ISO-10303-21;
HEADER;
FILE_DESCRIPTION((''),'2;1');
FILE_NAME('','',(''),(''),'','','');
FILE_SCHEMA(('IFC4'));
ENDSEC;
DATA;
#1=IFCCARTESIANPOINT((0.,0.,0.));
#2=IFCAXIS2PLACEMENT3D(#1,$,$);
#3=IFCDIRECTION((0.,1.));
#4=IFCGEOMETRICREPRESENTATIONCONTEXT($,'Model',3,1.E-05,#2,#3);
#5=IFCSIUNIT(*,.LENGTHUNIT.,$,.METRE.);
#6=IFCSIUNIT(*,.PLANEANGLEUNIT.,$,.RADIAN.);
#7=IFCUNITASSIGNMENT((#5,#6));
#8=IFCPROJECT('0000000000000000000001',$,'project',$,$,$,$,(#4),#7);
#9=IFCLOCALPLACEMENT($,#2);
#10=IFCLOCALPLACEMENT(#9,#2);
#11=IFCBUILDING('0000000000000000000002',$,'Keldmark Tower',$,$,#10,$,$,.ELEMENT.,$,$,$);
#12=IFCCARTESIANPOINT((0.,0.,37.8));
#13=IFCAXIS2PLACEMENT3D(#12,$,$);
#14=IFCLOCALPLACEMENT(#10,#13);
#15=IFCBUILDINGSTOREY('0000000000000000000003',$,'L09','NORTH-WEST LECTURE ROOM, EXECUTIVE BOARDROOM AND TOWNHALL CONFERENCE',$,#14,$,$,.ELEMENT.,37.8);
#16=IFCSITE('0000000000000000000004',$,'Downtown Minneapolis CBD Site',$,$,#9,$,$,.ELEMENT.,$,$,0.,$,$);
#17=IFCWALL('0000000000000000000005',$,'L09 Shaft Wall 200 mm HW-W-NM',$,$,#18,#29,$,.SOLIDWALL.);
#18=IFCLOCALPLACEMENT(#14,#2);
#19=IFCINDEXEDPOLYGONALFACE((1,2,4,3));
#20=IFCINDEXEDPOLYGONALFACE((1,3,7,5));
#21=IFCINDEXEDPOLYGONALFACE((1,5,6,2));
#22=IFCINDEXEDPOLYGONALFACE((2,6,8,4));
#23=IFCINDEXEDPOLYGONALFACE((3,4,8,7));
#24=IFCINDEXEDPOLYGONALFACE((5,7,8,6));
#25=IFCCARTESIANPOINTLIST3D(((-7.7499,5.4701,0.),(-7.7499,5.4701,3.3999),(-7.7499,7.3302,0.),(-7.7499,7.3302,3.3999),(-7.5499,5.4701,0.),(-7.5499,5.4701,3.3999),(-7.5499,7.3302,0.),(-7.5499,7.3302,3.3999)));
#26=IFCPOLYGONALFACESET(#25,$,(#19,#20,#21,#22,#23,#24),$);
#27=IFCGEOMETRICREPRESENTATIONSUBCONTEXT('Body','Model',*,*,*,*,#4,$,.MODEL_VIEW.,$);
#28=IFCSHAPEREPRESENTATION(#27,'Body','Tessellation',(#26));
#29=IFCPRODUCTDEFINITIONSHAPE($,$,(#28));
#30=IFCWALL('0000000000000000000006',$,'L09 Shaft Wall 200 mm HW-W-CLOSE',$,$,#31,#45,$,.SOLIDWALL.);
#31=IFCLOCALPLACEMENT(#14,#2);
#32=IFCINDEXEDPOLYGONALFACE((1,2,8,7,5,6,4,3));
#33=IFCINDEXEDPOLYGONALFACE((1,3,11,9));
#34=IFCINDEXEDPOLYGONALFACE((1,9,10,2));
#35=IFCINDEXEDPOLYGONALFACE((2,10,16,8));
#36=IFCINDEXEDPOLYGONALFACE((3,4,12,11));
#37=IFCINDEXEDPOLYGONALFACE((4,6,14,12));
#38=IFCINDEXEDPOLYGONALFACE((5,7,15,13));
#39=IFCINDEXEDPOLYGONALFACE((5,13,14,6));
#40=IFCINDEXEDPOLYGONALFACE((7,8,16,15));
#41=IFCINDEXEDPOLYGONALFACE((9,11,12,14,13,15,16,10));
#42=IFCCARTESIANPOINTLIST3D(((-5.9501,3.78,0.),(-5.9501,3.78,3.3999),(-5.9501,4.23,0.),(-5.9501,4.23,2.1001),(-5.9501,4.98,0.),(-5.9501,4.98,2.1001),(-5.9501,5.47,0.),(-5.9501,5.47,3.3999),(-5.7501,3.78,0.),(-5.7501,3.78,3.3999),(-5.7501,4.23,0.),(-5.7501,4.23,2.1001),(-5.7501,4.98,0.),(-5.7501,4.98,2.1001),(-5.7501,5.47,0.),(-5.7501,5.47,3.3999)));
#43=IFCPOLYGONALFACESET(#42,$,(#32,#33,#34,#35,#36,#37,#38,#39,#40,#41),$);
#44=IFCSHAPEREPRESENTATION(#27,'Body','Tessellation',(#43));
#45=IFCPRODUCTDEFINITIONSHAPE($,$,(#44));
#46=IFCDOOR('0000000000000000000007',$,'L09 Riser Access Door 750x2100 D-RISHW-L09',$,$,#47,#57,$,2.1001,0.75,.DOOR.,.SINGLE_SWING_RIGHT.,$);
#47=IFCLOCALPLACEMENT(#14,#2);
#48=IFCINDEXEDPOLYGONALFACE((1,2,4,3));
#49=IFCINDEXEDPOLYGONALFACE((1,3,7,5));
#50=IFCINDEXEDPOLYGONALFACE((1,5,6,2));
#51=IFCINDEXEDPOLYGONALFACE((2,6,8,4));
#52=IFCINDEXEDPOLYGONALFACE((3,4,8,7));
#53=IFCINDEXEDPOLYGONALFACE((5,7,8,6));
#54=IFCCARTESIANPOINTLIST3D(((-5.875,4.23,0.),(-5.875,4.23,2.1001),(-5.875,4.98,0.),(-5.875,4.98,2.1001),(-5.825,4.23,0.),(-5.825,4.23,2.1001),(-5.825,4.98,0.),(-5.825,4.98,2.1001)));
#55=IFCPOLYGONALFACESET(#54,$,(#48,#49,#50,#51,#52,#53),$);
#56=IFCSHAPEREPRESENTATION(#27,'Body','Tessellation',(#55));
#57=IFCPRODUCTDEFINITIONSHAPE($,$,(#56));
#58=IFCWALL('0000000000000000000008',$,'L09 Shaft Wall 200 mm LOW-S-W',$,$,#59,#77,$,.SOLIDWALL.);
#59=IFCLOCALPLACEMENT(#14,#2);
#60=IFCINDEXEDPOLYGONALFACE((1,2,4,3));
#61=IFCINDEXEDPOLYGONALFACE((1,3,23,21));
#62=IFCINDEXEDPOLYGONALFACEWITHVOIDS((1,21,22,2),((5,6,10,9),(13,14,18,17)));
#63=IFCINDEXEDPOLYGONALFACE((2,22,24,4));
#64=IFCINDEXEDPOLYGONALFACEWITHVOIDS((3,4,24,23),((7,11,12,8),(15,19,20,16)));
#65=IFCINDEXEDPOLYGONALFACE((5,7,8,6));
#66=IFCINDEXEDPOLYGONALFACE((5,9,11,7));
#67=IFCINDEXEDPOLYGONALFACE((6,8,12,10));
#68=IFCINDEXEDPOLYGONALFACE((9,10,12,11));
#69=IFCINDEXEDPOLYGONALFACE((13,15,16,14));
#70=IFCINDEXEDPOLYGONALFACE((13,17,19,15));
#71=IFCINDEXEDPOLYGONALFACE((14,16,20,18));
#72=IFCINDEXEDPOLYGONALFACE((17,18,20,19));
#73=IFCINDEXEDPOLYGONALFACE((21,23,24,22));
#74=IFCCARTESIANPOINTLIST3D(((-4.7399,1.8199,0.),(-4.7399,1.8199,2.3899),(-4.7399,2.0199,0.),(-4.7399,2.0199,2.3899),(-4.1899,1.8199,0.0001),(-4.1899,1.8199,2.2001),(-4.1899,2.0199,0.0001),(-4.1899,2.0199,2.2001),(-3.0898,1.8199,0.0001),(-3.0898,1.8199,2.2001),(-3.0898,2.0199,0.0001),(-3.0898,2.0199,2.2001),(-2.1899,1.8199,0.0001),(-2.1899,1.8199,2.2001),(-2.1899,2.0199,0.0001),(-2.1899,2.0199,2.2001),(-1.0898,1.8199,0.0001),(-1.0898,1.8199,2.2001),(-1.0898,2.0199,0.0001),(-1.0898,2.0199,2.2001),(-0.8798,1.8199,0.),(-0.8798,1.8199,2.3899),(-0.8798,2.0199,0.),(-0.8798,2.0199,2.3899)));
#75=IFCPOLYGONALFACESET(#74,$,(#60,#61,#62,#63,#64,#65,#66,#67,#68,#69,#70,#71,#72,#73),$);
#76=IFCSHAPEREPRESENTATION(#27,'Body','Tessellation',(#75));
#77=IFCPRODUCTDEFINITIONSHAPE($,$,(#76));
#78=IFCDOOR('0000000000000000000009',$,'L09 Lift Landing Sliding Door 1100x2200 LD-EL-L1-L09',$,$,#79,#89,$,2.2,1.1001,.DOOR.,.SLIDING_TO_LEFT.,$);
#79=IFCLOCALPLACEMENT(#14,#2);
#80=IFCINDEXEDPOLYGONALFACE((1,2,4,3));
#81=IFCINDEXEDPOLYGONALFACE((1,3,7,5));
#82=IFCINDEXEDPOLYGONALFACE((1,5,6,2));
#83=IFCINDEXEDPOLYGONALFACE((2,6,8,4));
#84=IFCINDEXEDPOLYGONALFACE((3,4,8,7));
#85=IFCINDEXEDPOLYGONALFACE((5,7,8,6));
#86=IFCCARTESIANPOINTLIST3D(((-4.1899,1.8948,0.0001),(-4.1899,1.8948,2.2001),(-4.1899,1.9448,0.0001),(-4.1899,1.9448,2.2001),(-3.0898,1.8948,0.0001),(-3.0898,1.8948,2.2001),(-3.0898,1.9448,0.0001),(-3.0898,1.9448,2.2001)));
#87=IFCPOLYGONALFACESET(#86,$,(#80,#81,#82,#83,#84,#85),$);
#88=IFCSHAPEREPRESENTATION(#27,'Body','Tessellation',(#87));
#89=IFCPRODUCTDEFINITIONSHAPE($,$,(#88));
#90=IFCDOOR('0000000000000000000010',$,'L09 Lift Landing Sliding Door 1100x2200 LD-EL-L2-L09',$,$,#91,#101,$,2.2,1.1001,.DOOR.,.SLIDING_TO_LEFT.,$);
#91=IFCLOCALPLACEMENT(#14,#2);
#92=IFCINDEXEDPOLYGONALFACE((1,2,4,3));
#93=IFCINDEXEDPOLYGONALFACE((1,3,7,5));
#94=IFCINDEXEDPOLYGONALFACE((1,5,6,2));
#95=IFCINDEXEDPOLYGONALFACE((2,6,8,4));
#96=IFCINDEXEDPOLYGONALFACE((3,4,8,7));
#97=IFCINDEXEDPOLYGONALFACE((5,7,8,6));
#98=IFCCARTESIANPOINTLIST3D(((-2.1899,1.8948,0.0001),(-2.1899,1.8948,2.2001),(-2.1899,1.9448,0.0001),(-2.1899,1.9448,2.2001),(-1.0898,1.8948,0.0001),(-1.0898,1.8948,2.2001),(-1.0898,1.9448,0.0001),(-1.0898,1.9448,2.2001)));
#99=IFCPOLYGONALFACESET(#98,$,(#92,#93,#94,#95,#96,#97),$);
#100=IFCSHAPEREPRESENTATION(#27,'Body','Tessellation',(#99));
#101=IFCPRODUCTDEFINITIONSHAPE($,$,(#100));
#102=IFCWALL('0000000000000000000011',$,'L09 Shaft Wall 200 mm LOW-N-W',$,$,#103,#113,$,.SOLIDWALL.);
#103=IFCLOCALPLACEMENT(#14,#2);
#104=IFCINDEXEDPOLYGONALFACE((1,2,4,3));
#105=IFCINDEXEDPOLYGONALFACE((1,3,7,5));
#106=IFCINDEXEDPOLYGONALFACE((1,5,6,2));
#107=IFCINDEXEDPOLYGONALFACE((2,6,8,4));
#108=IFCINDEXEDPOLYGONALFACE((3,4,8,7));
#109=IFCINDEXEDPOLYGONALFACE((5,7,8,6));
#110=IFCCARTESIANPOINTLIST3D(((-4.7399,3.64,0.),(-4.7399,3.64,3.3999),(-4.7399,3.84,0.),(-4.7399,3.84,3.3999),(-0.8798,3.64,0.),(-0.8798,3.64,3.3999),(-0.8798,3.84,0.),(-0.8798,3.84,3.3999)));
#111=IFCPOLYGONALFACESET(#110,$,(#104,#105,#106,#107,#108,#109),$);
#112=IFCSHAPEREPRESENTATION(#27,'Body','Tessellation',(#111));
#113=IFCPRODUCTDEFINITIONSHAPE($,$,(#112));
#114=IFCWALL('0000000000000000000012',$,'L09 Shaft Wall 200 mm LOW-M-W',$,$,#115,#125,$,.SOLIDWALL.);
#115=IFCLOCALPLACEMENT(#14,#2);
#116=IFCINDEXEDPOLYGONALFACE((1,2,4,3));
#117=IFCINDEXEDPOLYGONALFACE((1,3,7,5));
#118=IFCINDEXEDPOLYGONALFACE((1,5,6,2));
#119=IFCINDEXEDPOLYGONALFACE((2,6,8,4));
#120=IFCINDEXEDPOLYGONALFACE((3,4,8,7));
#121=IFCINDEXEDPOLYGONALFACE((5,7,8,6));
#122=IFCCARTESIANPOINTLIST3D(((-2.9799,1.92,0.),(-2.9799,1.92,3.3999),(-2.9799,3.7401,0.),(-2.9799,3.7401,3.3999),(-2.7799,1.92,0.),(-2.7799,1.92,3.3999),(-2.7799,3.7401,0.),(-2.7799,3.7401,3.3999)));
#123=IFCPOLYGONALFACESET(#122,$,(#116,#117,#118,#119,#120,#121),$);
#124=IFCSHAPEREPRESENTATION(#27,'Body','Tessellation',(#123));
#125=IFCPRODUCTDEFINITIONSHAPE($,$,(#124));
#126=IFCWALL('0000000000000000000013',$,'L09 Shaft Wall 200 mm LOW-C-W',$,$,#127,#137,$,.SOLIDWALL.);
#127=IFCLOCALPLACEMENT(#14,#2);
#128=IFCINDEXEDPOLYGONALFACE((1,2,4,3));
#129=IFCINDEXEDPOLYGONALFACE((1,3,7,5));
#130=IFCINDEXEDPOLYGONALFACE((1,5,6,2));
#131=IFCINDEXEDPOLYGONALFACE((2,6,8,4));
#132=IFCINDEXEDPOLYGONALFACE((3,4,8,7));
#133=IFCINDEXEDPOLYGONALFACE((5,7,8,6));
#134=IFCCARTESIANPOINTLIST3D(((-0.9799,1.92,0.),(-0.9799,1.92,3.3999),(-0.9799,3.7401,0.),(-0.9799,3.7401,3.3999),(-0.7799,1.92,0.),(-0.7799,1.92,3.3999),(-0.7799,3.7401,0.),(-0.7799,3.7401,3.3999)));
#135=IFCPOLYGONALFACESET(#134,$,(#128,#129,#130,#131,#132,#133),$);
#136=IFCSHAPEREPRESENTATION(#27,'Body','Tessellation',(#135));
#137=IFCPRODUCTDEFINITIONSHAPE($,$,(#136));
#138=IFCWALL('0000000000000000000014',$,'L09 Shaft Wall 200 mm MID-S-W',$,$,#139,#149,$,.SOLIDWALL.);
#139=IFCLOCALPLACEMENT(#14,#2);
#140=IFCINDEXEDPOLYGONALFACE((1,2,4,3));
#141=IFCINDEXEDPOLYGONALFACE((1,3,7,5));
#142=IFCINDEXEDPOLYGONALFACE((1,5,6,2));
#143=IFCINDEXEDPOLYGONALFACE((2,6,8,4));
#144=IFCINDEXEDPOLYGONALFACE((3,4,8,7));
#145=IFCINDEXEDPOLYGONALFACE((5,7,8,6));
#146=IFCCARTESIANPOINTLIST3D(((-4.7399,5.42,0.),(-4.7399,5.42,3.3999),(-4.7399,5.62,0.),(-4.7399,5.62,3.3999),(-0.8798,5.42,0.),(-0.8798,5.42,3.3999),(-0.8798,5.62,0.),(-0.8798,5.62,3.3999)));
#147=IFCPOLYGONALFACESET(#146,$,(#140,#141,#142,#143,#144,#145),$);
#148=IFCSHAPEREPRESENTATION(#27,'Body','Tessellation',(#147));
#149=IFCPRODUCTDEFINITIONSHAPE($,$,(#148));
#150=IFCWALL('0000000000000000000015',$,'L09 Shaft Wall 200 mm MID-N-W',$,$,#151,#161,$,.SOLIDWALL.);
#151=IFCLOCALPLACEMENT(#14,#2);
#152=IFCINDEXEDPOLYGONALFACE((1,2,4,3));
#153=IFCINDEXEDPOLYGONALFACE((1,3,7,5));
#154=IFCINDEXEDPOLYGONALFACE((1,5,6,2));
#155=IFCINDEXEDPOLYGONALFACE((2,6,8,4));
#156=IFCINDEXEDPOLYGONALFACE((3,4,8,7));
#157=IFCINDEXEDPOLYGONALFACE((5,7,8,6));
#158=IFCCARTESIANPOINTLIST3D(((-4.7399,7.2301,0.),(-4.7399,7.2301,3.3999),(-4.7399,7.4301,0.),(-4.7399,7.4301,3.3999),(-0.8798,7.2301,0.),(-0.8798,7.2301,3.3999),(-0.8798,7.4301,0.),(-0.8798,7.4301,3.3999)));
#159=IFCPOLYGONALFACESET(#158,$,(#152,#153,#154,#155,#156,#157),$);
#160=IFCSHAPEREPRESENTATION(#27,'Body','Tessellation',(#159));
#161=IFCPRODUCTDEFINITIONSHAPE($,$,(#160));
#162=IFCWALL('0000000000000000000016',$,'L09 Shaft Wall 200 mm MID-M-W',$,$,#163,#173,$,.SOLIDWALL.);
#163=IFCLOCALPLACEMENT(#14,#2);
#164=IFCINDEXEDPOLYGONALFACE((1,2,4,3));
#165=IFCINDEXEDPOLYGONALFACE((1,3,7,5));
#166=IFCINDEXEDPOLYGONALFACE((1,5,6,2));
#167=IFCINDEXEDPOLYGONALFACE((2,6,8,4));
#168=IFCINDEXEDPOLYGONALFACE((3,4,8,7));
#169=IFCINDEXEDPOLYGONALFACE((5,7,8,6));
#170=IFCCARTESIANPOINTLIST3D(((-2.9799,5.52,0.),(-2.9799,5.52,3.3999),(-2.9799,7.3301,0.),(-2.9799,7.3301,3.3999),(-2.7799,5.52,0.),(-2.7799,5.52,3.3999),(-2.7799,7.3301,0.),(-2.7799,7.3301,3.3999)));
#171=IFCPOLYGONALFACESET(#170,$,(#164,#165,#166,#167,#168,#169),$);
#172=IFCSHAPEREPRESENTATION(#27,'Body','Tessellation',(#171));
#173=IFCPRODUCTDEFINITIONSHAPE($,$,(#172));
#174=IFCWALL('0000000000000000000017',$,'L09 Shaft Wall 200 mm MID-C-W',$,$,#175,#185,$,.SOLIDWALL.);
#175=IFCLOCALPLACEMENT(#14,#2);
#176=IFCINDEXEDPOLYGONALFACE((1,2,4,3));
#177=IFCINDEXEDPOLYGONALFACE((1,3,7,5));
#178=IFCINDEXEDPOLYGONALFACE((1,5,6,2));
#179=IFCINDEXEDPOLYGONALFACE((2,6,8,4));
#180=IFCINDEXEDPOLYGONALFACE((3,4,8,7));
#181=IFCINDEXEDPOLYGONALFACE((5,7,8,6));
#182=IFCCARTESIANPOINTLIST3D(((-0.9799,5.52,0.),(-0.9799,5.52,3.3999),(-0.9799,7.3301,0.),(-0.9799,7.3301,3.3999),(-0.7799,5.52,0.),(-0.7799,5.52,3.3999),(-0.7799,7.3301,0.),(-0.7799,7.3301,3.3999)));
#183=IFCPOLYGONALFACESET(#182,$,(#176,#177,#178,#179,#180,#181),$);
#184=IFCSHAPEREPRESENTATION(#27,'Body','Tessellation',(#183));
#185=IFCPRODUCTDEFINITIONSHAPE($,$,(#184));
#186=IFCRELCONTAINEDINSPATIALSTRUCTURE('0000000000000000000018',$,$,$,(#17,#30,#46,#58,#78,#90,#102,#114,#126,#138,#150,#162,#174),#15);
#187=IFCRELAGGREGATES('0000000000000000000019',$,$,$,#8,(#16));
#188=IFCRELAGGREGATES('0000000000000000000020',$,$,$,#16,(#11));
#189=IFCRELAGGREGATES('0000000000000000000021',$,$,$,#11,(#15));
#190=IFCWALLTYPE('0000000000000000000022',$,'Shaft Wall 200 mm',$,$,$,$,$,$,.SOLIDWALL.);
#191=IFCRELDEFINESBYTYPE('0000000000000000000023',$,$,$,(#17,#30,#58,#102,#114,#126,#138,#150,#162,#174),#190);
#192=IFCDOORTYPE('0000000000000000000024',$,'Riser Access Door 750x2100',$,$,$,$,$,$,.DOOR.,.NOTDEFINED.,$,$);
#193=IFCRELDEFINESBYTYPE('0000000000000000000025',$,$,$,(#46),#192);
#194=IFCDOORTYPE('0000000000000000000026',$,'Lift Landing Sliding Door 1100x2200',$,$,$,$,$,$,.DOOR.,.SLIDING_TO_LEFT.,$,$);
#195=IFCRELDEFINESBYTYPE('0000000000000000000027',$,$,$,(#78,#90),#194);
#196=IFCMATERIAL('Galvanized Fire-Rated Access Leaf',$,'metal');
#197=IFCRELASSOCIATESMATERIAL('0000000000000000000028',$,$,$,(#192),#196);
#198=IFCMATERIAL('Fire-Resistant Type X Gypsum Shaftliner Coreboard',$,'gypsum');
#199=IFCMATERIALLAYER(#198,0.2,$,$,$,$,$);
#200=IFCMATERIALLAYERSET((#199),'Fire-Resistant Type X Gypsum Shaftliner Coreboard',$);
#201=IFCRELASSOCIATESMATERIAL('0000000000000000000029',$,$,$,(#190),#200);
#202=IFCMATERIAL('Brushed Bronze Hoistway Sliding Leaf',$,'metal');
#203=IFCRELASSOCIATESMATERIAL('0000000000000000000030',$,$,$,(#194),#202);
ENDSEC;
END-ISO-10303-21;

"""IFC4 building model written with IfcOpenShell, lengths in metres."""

from ifc_helpers import new_model, si_unit, direction, frame, frame_2d, origin, place, context, subcontext, project, spatial, rectangle, extrude, material, layer, layer_set, type_object, element, fill, save


model = new_model("IFC4")

# Units and contexts
model_context = context("Model", 3, precision=1e-05, world=origin(), true_north=direction((0.0, 1.0)))
body_context = subcontext(model_context, "Body", "Model", "MODEL_VIEW")
ifc_project = project(units=[si_unit("LENGTHUNIT", "METRE"), si_unit("PLANEANGLEUNIT", "RADIAN")], contexts=[model_context])

# Site, building, storey
site_placement = place(None, origin())
site = spatial("IfcSite", under=ifc_project, at=site_placement, Name="Downtown Minneapolis CBD Site", CompositionType="ELEMENT", RefElevation=0.0)
building_placement = place(site_placement, origin())
building = spatial("IfcBuilding", under=site, at=building_placement, Name="Keldmark Tower", CompositionType="ELEMENT")
storey_placement = place(building_placement, frame((0.0, 0.0, 37.8)))
storey = spatial("IfcBuildingStorey", under=building, at=storey_placement, Name="L09", Description="NORTH-WEST LECTURE ROOM, EXECUTIVE BOARDROOM AND TOWNHALL CONFERENCE", CompositionType="ELEMENT", Elevation=37.8)

# Shared definitions
ifc_material_1 = material(Name="Galvanized Fire-Rated Access Leaf", Category="metal")
door_type_1 = type_object("IfcDoorType", Name="Riser Access Door 750x2100", OperationType="NOTDEFINED", PredefinedType="DOOR", material=ifc_material_1)

# Wall
ifc_material_2 = material(Name="Fire-Resistant Type X Gypsum Shaftliner Coreboard", Category="gypsum")
ifc_layer_1 = layer(ifc_material_2, 0.2)
ifc_layer_set_1 = layer_set([ifc_layer_1], Name="Fire-Resistant Type X Gypsum Shaftliner Coreboard")
wall_type_1 = type_object("IfcWallType", Name="Shaft Wall 200 mm", PredefinedType="SOLIDWALL", material=ifc_layer_set_1)
wall_1_placement = place(storey_placement, frame((-7.6499, 5.47, 0.0), z_axis=(0.0, 0.0, 1.0), x_axis=(0.0, 1.0, 0.0)))
element("IfcWall", 1, at=wall_1_placement, inside=storey, type_object=wall_type_1, Name="L09 Shaft Wall 200 mm HW-W-NM", PredefinedType="SOLIDWALL", context=body_context, shape_type="SweptSolid", body=[
    extrude(rectangle(XDim=1.8601, YDim=0.2, at=frame_2d((0.9302, 0.0))), origin(), (0.0, 0.0, 1.0), 3.3999),
])

# Wall, opening, door
wall_2_placement = place(storey_placement, frame((-5.8501, 3.78, 0.0), z_axis=(0.0, 0.0, 1.0), x_axis=(0.0, 1.0, 0.0)))
wall_2 = element("IfcWall", 2, at=wall_2_placement, inside=storey, type_object=wall_type_1, Name="L09 Shaft Wall 200 mm HW-W-CLOSE", PredefinedType="SOLIDWALL", context=body_context, shape_type="SweptSolid", body=[
    extrude(rectangle(XDim=1.6899, YDim=0.2, at=frame_2d((0.845, 0.0))), origin(), (0.0, 0.0, 1.0), 3.3999),
])
opening_1_placement = place(wall_2_placement, frame((0.45, 0.0, 0.0)))
opening_1 = element("IfcOpeningElement", 3, at=opening_1_placement, cuts=wall_2, PredefinedType="OPENING", context=body_context, shape_type="SweptSolid", body=[
    extrude(rectangle(XDim=0.75, YDim=2.1001, at=frame_2d((0.375, 1.05))), frame((0.0, 0.1099, 0.0), z_axis=(0.0, -1.0, 0.0), x_axis=(1.0, 0.0, 0.0)), (0.0, 0.0, 1.0), 0.22),
])
door_1_placement = place(opening_1_placement, origin())
door_1 = element("IfcDoor", 4, at=door_1_placement, inside=storey, type_object=door_type_1, Name="L09 Riser Access Door 750x2100 D-RISHW-L09", OperationType="SINGLE_SWING_RIGHT", OverallHeight=2.1001, OverallWidth=0.75, PredefinedType="DOOR", context=body_context, shape_type="SweptSolid", body=[
    extrude(rectangle(XDim=0.75, YDim=2.1001, at=frame_2d((0.375, 1.05))), frame((0.0, 0.0249, 0.0), z_axis=(0.0, -1.0, 0.0), x_axis=(1.0, 0.0, 0.0)), (0.0, 0.0, 1.0), 0.05),
])
fill(opening_1, door_1)

# Wall, openings, doors
wall_3_placement = place(storey_placement, frame((-4.74, 1.9199, 0.0), z_axis=(0.0, 0.0, 1.0), x_axis=(1.0, 0.0, 0.0)))
wall_3 = element("IfcWall", 5, at=wall_3_placement, inside=storey, type_object=wall_type_1, Name="L09 Shaft Wall 200 mm LOW-S-W", PredefinedType="SOLIDWALL", context=body_context, shape_type="SweptSolid", body=[
    extrude(rectangle(XDim=3.8601, YDim=0.2, at=frame_2d((1.9302, 0.0))), origin(), (0.0, 0.0, 1.0), 2.3899),
])
opening_2_placement = place(wall_3_placement, frame((0.55, 0.0, 0.0)))
opening_2 = element("IfcOpeningElement", 6, at=opening_2_placement, cuts=wall_3, PredefinedType="OPENING", context=body_context, shape_type="SweptSolid", body=[
    extrude(rectangle(XDim=1.1001, YDim=2.2, at=frame_2d((0.55, 1.1001))), frame((0.0, 0.1099, 0.0), z_axis=(0.0, -1.0, 0.0), x_axis=(1.0, 0.0, 0.0)), (0.0, 0.0, 1.0), 0.22),
])
opening_3_placement = place(wall_3_placement, frame((2.55, 0.0, 0.0)))
opening_3 = element("IfcOpeningElement", 7, at=opening_3_placement, cuts=wall_3, PredefinedType="OPENING", context=body_context, shape_type="SweptSolid", body=[
    extrude(rectangle(XDim=1.1001, YDim=2.2, at=frame_2d((0.55, 1.1001))), frame((0.0, 0.1099, 0.0), z_axis=(0.0, -1.0, 0.0), x_axis=(1.0, 0.0, 0.0)), (0.0, 0.0, 1.0), 0.22),
])
ifc_material_3 = material(Name="Brushed Bronze Hoistway Sliding Leaf", Category="metal")
door_type_2 = type_object("IfcDoorType", Name="Lift Landing Sliding Door 1100x2200", OperationType="SLIDING_TO_LEFT", PredefinedType="DOOR", material=ifc_material_3)
door_2_placement = place(opening_2_placement, origin())
door_2 = element("IfcDoor", 8, at=door_2_placement, inside=storey, type_object=door_type_2, Name="L09 Lift Landing Sliding Door 1100x2200 LD-EL-L1-L09", OperationType="SLIDING_TO_LEFT", OverallHeight=2.2, OverallWidth=1.1001, PredefinedType="DOOR", context=body_context, shape_type="SweptSolid", body=[
    extrude(rectangle(XDim=1.1001, YDim=2.2, at=frame_2d((0.55, 1.1001))), frame((0.0, 0.0249, 0.0), z_axis=(0.0, -1.0, 0.0), x_axis=(1.0, 0.0, 0.0)), (0.0, 0.0, 1.0), 0.05),
])
fill(opening_2, door_2)
door_3_placement = place(opening_3_placement, origin())
door_3 = element("IfcDoor", 9, at=door_3_placement, inside=storey, type_object=door_type_2, Name="L09 Lift Landing Sliding Door 1100x2200 LD-EL-L2-L09", OperationType="SLIDING_TO_LEFT", OverallHeight=2.2, OverallWidth=1.1001, PredefinedType="DOOR", context=body_context, shape_type="SweptSolid", body=[
    extrude(rectangle(XDim=1.1001, YDim=2.2, at=frame_2d((0.55, 1.1001))), frame((0.0, 0.0249, 0.0), z_axis=(0.0, -1.0, 0.0), x_axis=(1.0, 0.0, 0.0)), (0.0, 0.0, 1.0), 0.05),
])
fill(opening_3, door_3)

# Walls
wall_4_placement = place(storey_placement, frame((-4.74, 3.74, 0.0), z_axis=(0.0, 0.0, 1.0), x_axis=(1.0, 0.0, 0.0)))
element("IfcWall", 10, at=wall_4_placement, inside=storey, type_object=wall_type_1, Name="L09 Shaft Wall 200 mm LOW-N-W", PredefinedType="SOLIDWALL", context=body_context, shape_type="SweptSolid", body=[
    extrude(rectangle(XDim=3.8601, YDim=0.2, at=frame_2d((1.9302, 0.0))), origin(), (0.0, 0.0, 1.0), 3.3999),
])
for number, where, z_axis, x_axis, name in (
    (11, (-2.8799, 1.9199, 0.0), (0.0, 0.0, 1.0), (0.0, 1.0, 0.0), "L09 Shaft Wall 200 mm LOW-M-W"),
    (12, (-0.8799, 1.9199, 0.0), (0.0, 0.0, 1.0), (0.0, 1.0, 0.0), "L09 Shaft Wall 200 mm LOW-C-W"),
):
    element("IfcWall", number, at=place(storey_placement, frame(where, z_axis=z_axis, x_axis=x_axis)), inside=storey, type_object=wall_type_1, Name=name, PredefinedType="SOLIDWALL", context=body_context, shape_type="SweptSolid", body=[
        extrude(rectangle(XDim=1.8201, YDim=0.2, at=frame_2d((0.9102, 0.0))), origin(), (0.0, 0.0, 1.0), 3.3999),
    ])
for number, where, z_axis, x_axis, name in (
    (13, (-4.74, 5.52, 0.0), (0.0, 0.0, 1.0), (1.0, 0.0, 0.0), "L09 Shaft Wall 200 mm MID-S-W"),
    (14, (-4.74, 7.3301, 0.0), (0.0, 0.0, 1.0), (1.0, 0.0, 0.0), "L09 Shaft Wall 200 mm MID-N-W"),
):
    element("IfcWall", number, at=place(storey_placement, frame(where, z_axis=z_axis, x_axis=x_axis)), inside=storey, type_object=wall_type_1, Name=name, PredefinedType="SOLIDWALL", context=body_context, shape_type="SweptSolid", body=[
        extrude(rectangle(XDim=3.8601, YDim=0.2, at=frame_2d((1.9302, 0.0))), origin(), (0.0, 0.0, 1.0), 3.3999),
    ])
for number, where, z_axis, x_axis, name in (
    (15, (-2.8799, 5.52, 0.0), (0.0, 0.0, 1.0), (0.0, 1.0, 0.0), "L09 Shaft Wall 200 mm MID-M-W"),
    (16, (-0.8799, 5.52, 0.0), (0.0, 0.0, 1.0), (0.0, 1.0, 0.0), "L09 Shaft Wall 200 mm MID-C-W"),
):
    element("IfcWall", number, at=place(storey_placement, frame(where, z_axis=z_axis, x_axis=x_axis)), inside=storey, type_object=wall_type_1, Name=name, PredefinedType="SOLIDWALL", context=body_context, shape_type="SweptSolid", body=[
        extrude(rectangle(XDim=1.8101, YDim=0.2, at=frame_2d((0.905, 0.0))), origin(), (0.0, 0.0, 1.0), 3.3999),
    ])

save(model, "model.ifc")
